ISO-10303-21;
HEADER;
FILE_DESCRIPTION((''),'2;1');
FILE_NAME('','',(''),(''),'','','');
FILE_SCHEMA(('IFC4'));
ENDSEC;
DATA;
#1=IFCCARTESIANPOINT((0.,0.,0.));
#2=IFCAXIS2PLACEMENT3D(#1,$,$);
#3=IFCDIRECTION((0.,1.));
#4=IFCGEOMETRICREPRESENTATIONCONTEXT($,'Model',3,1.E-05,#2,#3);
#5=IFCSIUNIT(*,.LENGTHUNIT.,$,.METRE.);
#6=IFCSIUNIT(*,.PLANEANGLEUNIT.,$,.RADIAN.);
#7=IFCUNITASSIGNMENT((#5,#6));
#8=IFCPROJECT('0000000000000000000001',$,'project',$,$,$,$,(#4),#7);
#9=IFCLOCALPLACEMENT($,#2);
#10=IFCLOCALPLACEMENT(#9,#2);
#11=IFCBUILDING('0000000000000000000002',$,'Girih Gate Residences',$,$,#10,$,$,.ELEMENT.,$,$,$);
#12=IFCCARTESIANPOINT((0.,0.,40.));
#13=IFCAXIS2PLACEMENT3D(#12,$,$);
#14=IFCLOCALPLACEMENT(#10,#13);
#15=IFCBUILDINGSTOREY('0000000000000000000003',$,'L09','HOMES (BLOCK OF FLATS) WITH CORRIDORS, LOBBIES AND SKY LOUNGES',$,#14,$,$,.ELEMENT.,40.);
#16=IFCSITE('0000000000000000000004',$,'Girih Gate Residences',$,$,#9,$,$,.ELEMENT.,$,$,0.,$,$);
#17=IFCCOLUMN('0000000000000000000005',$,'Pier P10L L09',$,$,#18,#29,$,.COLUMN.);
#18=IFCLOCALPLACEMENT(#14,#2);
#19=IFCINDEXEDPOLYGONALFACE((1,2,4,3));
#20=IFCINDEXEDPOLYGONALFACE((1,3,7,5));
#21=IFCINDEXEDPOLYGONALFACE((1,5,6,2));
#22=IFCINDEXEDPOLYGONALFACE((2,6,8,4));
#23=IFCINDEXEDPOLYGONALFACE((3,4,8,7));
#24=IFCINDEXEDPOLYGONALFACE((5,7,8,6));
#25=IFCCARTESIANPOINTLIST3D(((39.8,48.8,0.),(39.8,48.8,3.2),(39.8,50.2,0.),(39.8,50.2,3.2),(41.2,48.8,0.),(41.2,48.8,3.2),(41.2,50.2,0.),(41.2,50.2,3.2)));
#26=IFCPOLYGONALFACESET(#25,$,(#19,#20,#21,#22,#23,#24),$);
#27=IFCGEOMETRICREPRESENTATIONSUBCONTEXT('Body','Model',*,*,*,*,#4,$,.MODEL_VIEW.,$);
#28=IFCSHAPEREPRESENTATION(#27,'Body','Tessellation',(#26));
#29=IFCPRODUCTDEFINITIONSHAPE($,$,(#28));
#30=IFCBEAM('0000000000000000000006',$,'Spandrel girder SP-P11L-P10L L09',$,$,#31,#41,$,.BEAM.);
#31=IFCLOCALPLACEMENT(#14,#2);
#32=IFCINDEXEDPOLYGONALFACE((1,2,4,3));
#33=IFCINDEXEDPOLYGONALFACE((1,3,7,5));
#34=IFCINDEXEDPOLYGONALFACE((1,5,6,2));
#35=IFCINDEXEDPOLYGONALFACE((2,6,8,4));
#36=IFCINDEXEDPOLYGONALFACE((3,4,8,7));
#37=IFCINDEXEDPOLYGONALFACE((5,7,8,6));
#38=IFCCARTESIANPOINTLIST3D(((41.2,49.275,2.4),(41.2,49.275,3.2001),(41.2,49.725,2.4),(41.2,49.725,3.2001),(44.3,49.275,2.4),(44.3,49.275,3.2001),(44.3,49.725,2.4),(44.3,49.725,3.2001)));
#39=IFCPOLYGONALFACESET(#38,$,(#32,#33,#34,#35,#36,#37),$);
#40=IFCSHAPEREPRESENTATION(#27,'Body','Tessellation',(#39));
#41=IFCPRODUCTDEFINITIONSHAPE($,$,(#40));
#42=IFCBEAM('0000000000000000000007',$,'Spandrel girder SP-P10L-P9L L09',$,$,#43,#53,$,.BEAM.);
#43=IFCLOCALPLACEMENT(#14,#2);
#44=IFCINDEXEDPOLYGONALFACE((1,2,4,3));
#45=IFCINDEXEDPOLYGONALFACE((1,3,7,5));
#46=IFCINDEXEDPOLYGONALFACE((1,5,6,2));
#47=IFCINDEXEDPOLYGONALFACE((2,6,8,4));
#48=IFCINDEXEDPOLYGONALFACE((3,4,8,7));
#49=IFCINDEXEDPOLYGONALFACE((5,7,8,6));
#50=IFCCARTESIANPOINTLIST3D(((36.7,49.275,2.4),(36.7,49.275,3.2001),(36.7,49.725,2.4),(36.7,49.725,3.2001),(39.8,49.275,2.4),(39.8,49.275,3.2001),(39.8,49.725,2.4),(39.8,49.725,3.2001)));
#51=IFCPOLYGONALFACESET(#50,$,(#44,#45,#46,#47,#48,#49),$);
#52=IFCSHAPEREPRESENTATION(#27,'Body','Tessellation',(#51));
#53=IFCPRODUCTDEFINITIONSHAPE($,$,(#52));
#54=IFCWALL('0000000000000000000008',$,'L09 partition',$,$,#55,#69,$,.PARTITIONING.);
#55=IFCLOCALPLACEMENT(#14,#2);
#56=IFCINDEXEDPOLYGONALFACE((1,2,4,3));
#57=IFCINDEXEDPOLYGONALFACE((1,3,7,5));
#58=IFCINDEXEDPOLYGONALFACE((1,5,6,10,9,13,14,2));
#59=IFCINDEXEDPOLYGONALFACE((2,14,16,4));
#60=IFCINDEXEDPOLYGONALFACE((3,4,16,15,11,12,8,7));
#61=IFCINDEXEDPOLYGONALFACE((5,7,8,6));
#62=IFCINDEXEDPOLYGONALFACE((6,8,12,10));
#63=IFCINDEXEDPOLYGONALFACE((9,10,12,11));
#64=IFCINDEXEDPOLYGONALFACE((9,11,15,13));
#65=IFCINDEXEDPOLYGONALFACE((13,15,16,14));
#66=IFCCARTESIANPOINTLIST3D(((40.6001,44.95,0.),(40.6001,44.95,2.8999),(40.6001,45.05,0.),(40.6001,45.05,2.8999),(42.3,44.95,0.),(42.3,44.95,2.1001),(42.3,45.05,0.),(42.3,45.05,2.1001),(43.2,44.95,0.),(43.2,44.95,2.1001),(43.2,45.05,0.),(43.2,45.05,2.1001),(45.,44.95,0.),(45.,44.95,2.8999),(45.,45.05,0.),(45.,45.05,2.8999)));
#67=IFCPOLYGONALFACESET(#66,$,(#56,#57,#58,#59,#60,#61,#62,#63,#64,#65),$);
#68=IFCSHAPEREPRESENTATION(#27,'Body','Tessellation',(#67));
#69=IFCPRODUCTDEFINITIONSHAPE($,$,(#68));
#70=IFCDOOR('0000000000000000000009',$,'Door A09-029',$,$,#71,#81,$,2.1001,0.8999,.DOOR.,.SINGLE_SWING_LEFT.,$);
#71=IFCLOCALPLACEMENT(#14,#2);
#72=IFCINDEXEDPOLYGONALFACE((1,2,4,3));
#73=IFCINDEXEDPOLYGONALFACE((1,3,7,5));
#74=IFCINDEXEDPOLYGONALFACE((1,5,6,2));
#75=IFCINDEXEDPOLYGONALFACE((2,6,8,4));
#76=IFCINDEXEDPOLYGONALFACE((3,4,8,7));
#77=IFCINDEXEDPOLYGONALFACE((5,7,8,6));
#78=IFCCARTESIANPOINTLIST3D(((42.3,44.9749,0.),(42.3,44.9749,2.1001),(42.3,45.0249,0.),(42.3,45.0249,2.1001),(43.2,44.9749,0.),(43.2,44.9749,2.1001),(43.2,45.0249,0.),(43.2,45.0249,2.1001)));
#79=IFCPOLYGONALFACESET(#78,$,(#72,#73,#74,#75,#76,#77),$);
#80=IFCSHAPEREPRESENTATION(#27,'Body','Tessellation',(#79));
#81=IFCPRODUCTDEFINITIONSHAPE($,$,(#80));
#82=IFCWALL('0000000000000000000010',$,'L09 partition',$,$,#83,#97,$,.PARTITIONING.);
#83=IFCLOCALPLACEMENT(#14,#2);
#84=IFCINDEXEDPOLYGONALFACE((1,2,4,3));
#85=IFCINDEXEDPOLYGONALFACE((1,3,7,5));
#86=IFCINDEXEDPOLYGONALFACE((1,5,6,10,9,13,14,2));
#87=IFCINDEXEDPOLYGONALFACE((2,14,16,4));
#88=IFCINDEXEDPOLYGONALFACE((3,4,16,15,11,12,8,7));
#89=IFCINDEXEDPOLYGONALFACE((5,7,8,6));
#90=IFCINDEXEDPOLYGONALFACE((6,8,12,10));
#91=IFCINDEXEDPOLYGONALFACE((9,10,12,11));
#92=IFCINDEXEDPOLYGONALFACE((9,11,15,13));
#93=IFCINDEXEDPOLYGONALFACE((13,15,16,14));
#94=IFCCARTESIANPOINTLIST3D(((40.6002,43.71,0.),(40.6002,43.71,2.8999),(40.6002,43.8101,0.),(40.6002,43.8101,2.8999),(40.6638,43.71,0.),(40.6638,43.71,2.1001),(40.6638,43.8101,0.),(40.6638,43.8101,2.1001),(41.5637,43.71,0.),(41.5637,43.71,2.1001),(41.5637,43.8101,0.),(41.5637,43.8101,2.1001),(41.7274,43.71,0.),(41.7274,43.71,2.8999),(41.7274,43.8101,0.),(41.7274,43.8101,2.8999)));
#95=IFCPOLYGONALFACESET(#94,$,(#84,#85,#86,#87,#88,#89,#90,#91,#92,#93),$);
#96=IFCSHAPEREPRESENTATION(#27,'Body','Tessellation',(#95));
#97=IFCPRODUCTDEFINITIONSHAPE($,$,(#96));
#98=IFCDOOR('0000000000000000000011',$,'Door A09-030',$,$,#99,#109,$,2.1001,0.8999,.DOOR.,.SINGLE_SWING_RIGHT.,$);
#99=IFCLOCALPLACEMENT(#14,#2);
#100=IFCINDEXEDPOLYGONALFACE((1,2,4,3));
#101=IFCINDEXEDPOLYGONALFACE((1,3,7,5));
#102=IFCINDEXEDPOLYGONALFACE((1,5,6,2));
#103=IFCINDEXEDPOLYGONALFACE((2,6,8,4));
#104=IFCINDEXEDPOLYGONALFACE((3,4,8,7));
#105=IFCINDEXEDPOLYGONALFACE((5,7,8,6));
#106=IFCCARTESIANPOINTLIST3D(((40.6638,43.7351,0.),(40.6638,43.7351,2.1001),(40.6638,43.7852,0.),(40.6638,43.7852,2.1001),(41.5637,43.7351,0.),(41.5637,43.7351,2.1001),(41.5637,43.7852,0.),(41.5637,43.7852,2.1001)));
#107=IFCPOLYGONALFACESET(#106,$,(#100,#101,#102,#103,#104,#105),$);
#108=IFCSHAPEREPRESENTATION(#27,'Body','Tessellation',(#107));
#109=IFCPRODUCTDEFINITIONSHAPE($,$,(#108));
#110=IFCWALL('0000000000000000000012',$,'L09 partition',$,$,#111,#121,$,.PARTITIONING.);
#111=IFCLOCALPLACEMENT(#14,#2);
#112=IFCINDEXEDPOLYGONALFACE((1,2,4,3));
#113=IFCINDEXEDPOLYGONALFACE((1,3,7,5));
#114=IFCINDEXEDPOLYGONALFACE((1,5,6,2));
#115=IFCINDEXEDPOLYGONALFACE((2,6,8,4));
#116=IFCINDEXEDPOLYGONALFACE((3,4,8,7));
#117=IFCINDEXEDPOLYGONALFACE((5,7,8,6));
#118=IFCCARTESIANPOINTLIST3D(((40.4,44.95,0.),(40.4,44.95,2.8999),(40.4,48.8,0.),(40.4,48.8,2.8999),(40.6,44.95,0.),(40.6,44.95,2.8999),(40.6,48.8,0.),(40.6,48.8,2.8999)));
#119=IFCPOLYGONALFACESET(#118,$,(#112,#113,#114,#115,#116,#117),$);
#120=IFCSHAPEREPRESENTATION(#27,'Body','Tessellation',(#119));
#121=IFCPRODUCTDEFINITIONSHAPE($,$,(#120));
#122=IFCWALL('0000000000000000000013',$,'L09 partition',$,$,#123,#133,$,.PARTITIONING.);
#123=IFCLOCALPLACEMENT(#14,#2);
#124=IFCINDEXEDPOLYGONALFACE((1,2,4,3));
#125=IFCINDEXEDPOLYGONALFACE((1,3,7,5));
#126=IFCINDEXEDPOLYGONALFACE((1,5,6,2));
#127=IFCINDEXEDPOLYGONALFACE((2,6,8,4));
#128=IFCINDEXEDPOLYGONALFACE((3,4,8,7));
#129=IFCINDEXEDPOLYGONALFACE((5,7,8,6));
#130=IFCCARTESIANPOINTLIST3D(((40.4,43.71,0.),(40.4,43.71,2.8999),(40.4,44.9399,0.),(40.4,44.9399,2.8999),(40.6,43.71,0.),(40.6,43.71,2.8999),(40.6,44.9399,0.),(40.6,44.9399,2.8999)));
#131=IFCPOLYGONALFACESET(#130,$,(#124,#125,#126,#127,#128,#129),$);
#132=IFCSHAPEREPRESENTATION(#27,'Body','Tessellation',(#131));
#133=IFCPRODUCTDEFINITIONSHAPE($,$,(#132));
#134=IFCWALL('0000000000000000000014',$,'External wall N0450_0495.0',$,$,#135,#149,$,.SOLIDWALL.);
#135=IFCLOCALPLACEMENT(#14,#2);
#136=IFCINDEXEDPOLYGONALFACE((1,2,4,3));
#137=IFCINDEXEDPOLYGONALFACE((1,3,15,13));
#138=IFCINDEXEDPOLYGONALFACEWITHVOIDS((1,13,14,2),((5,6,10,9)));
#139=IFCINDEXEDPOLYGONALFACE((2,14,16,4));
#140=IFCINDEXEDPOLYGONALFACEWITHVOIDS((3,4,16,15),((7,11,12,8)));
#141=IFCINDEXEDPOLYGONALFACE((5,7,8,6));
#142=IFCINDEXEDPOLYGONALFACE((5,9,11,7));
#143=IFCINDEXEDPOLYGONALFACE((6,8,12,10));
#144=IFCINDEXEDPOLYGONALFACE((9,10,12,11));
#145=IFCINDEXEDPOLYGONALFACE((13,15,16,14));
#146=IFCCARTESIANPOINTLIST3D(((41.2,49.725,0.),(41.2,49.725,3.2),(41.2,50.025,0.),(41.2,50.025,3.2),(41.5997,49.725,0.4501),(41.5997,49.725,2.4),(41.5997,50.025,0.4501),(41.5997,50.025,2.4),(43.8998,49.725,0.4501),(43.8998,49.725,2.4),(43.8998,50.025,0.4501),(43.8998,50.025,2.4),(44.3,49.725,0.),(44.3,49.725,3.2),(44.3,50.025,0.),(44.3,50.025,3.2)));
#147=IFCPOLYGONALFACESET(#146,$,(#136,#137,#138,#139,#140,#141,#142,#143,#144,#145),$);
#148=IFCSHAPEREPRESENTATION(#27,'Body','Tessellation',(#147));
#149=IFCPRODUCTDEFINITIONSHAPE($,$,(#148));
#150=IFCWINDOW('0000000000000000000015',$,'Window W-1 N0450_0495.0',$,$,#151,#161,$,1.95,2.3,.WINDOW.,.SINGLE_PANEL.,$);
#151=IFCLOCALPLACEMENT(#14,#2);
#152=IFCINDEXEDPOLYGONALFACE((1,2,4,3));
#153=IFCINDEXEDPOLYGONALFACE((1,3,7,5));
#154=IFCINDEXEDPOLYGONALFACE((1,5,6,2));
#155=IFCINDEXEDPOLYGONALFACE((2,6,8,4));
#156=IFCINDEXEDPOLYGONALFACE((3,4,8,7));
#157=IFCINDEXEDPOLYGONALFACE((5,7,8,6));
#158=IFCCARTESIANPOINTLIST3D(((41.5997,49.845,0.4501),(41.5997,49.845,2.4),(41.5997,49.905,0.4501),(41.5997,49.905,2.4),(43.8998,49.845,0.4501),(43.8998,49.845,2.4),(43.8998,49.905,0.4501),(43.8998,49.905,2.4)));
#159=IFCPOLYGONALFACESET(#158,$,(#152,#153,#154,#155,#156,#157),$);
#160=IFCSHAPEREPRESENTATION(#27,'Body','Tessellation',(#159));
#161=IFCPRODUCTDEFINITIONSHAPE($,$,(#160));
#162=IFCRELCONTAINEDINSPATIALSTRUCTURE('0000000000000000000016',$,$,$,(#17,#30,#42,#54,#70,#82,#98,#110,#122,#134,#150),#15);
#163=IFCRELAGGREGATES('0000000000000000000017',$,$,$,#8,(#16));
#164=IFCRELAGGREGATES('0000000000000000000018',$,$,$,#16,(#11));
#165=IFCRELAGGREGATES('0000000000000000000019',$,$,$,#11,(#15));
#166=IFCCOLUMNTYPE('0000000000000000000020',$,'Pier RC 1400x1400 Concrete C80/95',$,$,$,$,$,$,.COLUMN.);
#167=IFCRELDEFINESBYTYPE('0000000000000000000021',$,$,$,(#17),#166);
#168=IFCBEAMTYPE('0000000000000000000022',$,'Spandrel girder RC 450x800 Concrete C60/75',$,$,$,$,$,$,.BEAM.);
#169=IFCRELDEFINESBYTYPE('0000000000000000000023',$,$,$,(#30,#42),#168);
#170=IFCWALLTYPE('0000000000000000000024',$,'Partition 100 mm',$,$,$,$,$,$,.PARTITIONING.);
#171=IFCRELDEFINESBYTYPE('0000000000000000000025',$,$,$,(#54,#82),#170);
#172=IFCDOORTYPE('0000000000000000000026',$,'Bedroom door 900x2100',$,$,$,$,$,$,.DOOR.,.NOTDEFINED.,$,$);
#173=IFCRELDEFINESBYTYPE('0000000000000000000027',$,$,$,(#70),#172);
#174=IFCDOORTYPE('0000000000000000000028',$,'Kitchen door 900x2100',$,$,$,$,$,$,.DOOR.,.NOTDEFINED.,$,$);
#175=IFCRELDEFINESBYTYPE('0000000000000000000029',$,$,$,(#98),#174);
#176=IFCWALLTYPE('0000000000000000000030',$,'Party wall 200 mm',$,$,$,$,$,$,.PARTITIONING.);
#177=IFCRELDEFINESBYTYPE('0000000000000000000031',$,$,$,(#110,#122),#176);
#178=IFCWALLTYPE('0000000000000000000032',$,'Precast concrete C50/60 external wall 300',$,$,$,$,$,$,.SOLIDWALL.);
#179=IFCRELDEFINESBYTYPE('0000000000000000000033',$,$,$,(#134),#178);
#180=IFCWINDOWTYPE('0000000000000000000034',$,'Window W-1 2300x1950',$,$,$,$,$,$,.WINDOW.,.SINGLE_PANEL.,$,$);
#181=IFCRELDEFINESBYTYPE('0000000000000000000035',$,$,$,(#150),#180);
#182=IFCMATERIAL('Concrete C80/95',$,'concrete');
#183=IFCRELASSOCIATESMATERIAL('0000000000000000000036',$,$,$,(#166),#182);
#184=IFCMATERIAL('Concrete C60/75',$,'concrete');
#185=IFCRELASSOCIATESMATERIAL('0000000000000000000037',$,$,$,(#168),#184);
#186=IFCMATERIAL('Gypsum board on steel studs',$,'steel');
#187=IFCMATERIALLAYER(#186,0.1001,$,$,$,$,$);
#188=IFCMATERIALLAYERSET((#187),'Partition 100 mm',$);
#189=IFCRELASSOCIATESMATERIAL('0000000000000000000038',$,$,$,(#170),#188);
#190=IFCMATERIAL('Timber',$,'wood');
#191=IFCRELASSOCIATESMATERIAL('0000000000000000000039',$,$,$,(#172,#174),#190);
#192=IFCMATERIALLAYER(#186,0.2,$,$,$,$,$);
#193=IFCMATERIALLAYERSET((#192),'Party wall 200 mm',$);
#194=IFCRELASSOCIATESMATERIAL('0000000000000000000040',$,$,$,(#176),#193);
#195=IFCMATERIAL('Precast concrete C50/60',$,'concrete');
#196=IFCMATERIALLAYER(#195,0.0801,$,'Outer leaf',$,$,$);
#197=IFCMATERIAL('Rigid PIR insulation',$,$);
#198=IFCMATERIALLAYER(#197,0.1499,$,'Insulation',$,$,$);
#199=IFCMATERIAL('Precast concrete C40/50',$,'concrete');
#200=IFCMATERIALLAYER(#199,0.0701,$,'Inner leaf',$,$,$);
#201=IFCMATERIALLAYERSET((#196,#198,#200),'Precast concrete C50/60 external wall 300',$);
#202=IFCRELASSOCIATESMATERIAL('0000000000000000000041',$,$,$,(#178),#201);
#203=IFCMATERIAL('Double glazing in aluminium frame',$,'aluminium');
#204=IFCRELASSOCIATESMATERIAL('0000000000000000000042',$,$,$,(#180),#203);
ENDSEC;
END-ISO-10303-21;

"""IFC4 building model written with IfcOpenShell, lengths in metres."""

from ifc_helpers import new_model, si_unit, direction, frame, frame_2d, origin, origin_2d, place, context, subcontext, project, spatial, rectangle, extrude, material, layer, layer_set, material_profile, profile_set, type_object, element, fill, save


model = new_model("IFC4")

# Units and contexts
model_context = context("Model", 3, precision=1e-05, world=origin(), true_north=direction((0.0, 1.0)))
body_context = subcontext(model_context, "Body", "Model", "MODEL_VIEW")
ifc_project = project(units=[si_unit("LENGTHUNIT", "METRE"), si_unit("PLANEANGLEUNIT", "RADIAN")], contexts=[model_context])

# Site, building, storey
site_placement = place(None, origin())
site = spatial("IfcSite", under=ifc_project, at=site_placement, Name="Girih Gate Residences", CompositionType="ELEMENT", RefElevation=0.0)
building_placement = place(site_placement, origin())
building = spatial("IfcBuilding", under=site, at=building_placement, Name="Girih Gate Residences", CompositionType="ELEMENT")
storey_placement = place(building_placement, frame((0.0, 0.0, 40.0)))
storey = spatial("IfcBuildingStorey", under=building, at=storey_placement, Name="L09", Description="HOMES (BLOCK OF FLATS) WITH CORRIDORS, LOBBIES AND SKY LOUNGES", CompositionType="ELEMENT", Elevation=40.0)

# Column
ifc_material_1 = material(Name="Concrete C80/95", Category="concrete")
ifc_material_profile_1 = material_profile(ifc_material_1, rectangle(XDim=1.3999, YDim=1.3999, at=origin_2d()))
ifc_profile_set_1 = profile_set([ifc_material_profile_1], Name="Concrete C80/95")
column_type = type_object("IfcColumnType", Name="Pier RC 1400x1400 Concrete C80/95", PredefinedType="COLUMN", material=ifc_profile_set_1)
column_placement = place(storey_placement, frame((40.5, 49.5, 0.0), z_axis=(0.0, 0.0, 1.0), x_axis=(1.0, 0.0, 0.0)))
element("IfcColumn", 1, at=column_placement, inside=storey, type_object=column_type, Name="Pier P10L L09", PredefinedType="COLUMN", context=body_context, shape_type="SweptSolid", body=[
    extrude(rectangle(XDim=1.3999, YDim=1.3999, at=origin_2d()), origin(), (0.0, 0.0, 1.0), 3.2),
])

# Beams
ifc_material_2 = material(Name="Concrete C60/75", Category="concrete")
ifc_material_profile_2 = material_profile(ifc_material_2, rectangle(XDim=0.45, YDim=0.8, at=origin_2d()))
ifc_profile_set_2 = profile_set([ifc_material_profile_2], Name="Concrete C60/75")
beam_type = type_object("IfcBeamType", Name="Spandrel girder RC 450x800 Concrete C60/75", PredefinedType="BEAM", material=ifc_profile_set_2)
for number, where, z_axis, x_axis, name in (
    (2, (44.3, 49.5, 2.8), (-1.0, 0.0, 0.0), (0.0, -1.0, 0.0), "Spandrel girder SP-P11L-P10L L09"),
    (3, (39.8, 49.5, 2.8), (-1.0, 0.0, 0.0), (0.0, -1.0, 0.0), "Spandrel girder SP-P10L-P9L L09"),
):
    element("IfcBeam", number, at=place(storey_placement, frame(where, z_axis=z_axis, x_axis=x_axis)), inside=storey, type_object=beam_type, Name=name, PredefinedType="BEAM", context=body_context, shape_type="SweptSolid", body=[
        extrude(rectangle(XDim=0.45, YDim=0.8, at=origin_2d()), origin(), (0.0, 0.0, 1.0), 3.1001),
    ])

# Walls, openings, doors
ifc_material_3 = material(Name="Gypsum board on steel studs", Category="steel")
ifc_layer_1 = layer(ifc_material_3, 0.1001)
ifc_layer_set_1 = layer_set([ifc_layer_1], Name="Partition 100 mm")
wall_type_1 = type_object("IfcWallType", Name="Partition 100 mm", PredefinedType="PARTITIONING", material=ifc_layer_set_1)
wall_1_placement = place(storey_placement, frame((40.6001, 45.0, 0.0), z_axis=(0.0, 0.0, 1.0), x_axis=(1.0, 0.0, 0.0)))
wall_1 = element("IfcWall", 4, at=wall_1_placement, inside=storey, type_object=wall_type_1, Name="L09 partition", PredefinedType="PARTITIONING", context=body_context, shape_type="SweptSolid", body=[
    extrude(rectangle(XDim=4.3999, YDim=0.1001, at=frame_2d((2.2, 0.0))), origin(), (0.0, 0.0, 1.0), 2.8999),
])
opening_1_placement = place(wall_1_placement, frame((1.7, 0.0, 0.0)))
opening_1 = element("IfcOpeningElement", 5, at=opening_1_placement, cuts=wall_1, PredefinedType="OPENING", context=body_context, shape_type="SweptSolid", body=[
    extrude(rectangle(XDim=0.8999, YDim=2.1001, at=frame_2d((0.45, 1.05))), frame((0.0, 0.0601, 0.0), z_axis=(0.0, -1.0, 0.0), x_axis=(1.0, 0.0, 0.0)), (0.0, 0.0, 1.0), 0.1201),
])
ifc_material_4 = material(Name="Timber", Category="wood")
door_type_1 = type_object("IfcDoorType", Name="Bedroom door 900x2100", OperationType="NOTDEFINED", PredefinedType="DOOR", material=ifc_material_4)
door_1_placement = place(opening_1_placement, origin())
door_1 = element("IfcDoor", 6, at=door_1_placement, inside=storey, type_object=door_type_1, Name="Door A09-029", OperationType="SINGLE_SWING_LEFT", OverallHeight=2.1001, OverallWidth=0.8999, PredefinedType="DOOR", context=body_context, shape_type="SweptSolid", body=[
    extrude(rectangle(XDim=0.8999, YDim=2.1001, at=frame_2d((0.45, 1.05))), frame((0.0, 0.0249, 0.0), z_axis=(0.0, -1.0, 0.0), x_axis=(1.0, 0.0, 0.0)), (0.0, 0.0, 1.0), 0.05),
])
fill(opening_1, door_1)
wall_2_placement = place(storey_placement, frame((41.7273, 43.76, 0.0), z_axis=(0.0, 0.0, 1.0), x_axis=(-1.0, 0.0, 0.0)))
wall_2 = element("IfcWall", 7, at=wall_2_placement, inside=storey, type_object=wall_type_1, Name="L09 partition", PredefinedType="PARTITIONING", context=body_context, shape_type="SweptSolid", body=[
    extrude(rectangle(XDim=1.1272, YDim=0.1001, at=frame_2d((0.5635, 0.0))), origin(), (0.0, 0.0, 1.0), 2.8999),
])
opening_2_placement = place(wall_2_placement, frame((0.1636, 0.0, 0.0)))
opening_2 = element("IfcOpeningElement", 8, at=opening_2_placement, cuts=wall_2, PredefinedType="OPENING", context=body_context, shape_type="SweptSolid", body=[
    extrude(rectangle(XDim=0.8999, YDim=2.1001, at=frame_2d((0.45, 1.05))), frame((0.0, 0.0601, 0.0), z_axis=(0.0, -1.0, 0.0), x_axis=(1.0, 0.0, 0.0)), (0.0, 0.0, 1.0), 0.1201),
])
door_type_2 = type_object("IfcDoorType", Name="Kitchen door 900x2100", OperationType="NOTDEFINED", PredefinedType="DOOR", material=ifc_material_4)
door_2_placement = place(opening_2_placement, origin())
door_2 = element("IfcDoor", 9, at=door_2_placement, inside=storey, type_object=door_type_2, Name="Door A09-030", OperationType="SINGLE_SWING_RIGHT", OverallHeight=2.1001, OverallWidth=0.8999, PredefinedType="DOOR", context=body_context, shape_type="SweptSolid", body=[
    extrude(rectangle(XDim=0.8999, YDim=2.1001, at=frame_2d((0.45, 1.05))), frame((0.0, 0.0249, 0.0), z_axis=(0.0, -1.0, 0.0), x_axis=(1.0, 0.0, 0.0)), (0.0, 0.0, 1.0), 0.05),
])
fill(opening_2, door_2)

# Walls
ifc_layer_2 = layer(ifc_material_3, 0.2)
ifc_layer_set_2 = layer_set([ifc_layer_2], Name="Party wall 200 mm")
wall_type_2 = type_object("IfcWallType", Name="Party wall 200 mm", PredefinedType="PARTITIONING", material=ifc_layer_set_2)
wall_3_placement = place(storey_placement, frame((40.5, 44.95, 0.0), z_axis=(0.0, 0.0, 1.0), x_axis=(0.0, 1.0, 0.0)))
element("IfcWall", 10, at=wall_3_placement, inside=storey, type_object=wall_type_2, Name="L09 partition", PredefinedType="PARTITIONING", context=body_context, shape_type="SweptSolid", body=[
    extrude(rectangle(XDim=3.8501, YDim=0.2, at=frame_2d((1.925, 0.0))), origin(), (0.0, 0.0, 1.0), 2.8999),
])
wall_4_placement = place(storey_placement, frame((40.5, 43.71, 0.0), z_axis=(0.0, 0.0, 1.0), x_axis=(0.0, 1.0, 0.0)))
element("IfcWall", 11, at=wall_4_placement, inside=storey, type_object=wall_type_2, Name="L09 partition", PredefinedType="PARTITIONING", context=body_context, shape_type="SweptSolid", body=[
    extrude(rectangle(XDim=1.23, YDim=0.2, at=frame_2d((0.615, 0.0))), origin(), (0.0, 0.0, 1.0), 2.8999),
])

# Wall, opening, window
ifc_material_5 = material(Name="Precast concrete C50/60", Category="concrete")
ifc_layer_3 = layer(ifc_material_5, 0.0801, Name="Outer leaf")
ifc_material_6 = material(Name="Rigid PIR insulation")
ifc_layer_4 = layer(ifc_material_6, 0.1499, Name="Insulation")
ifc_material_7 = material(Name="Precast concrete C40/50", Category="concrete")
ifc_layer_5 = layer(ifc_material_7, 0.0701, Name="Inner leaf")
ifc_layer_set_3 = layer_set([ifc_layer_3, ifc_layer_4, ifc_layer_5], Name="Precast concrete C50/60 external wall 300")
wall_type_3 = type_object("IfcWallType", Name="Precast concrete C50/60 external wall 300", PredefinedType="SOLIDWALL", material=ifc_layer_set_3)
wall_5_placement = place(storey_placement, frame((41.2, 49.875, 0.0), z_axis=(0.0, 0.0, 1.0), x_axis=(1.0, 0.0, 0.0)))
wall_5 = element("IfcWall", 12, at=wall_5_placement, inside=storey, type_object=wall_type_3, Name="External wall N0450_0495.0", PredefinedType="SOLIDWALL", context=body_context, shape_type="SweptSolid", body=[
    extrude(rectangle(XDim=3.1001, YDim=0.3, at=frame_2d((1.55, 0.0))), origin(), (0.0, 0.0, 1.0), 3.2),
])
opening_3_placement = place(wall_5_placement, frame((0.3999, 0.0, 0.45)))
opening_3 = element("IfcOpeningElement", 13, at=opening_3_placement, cuts=wall_5, PredefinedType="OPENING", context=body_context, shape_type="SweptSolid", body=[
    extrude(rectangle(XDim=2.3, YDim=1.95, at=frame_2d((1.1499, 0.9751))), frame((0.0, 0.1599, 0.0), z_axis=(0.0, -1.0, 0.0), x_axis=(1.0, 0.0, 0.0)), (0.0, 0.0, 1.0), 0.3201),
])
ifc_material_8 = material(Name="Double glazing in aluminium frame", Category="aluminium")
window_type = type_object("IfcWindowType", Name="Window W-1 2300x1950", PartitioningType="SINGLE_PANEL", PredefinedType="WINDOW", material=ifc_material_8)
window_placement = place(opening_3_placement, origin())
window = element("IfcWindow", 14, at=window_placement, inside=storey, type_object=window_type, Name="Window W-1 N0450_0495.0", OverallHeight=1.95, OverallWidth=2.3, PartitioningType="SINGLE_PANEL", PredefinedType="WINDOW", context=body_context, shape_type="SweptSolid", body=[
    extrude(rectangle(XDim=2.3, YDim=1.95, at=frame_2d((1.1499, 0.9751))), frame((0.0, 0.03, 0.0), z_axis=(0.0, -1.0, 0.0), x_axis=(1.0, 0.0, 0.0)), (0.0, 0.0, 1.0), 0.0601),
])
fill(opening_3, window)

save(model, "model.ifc")
